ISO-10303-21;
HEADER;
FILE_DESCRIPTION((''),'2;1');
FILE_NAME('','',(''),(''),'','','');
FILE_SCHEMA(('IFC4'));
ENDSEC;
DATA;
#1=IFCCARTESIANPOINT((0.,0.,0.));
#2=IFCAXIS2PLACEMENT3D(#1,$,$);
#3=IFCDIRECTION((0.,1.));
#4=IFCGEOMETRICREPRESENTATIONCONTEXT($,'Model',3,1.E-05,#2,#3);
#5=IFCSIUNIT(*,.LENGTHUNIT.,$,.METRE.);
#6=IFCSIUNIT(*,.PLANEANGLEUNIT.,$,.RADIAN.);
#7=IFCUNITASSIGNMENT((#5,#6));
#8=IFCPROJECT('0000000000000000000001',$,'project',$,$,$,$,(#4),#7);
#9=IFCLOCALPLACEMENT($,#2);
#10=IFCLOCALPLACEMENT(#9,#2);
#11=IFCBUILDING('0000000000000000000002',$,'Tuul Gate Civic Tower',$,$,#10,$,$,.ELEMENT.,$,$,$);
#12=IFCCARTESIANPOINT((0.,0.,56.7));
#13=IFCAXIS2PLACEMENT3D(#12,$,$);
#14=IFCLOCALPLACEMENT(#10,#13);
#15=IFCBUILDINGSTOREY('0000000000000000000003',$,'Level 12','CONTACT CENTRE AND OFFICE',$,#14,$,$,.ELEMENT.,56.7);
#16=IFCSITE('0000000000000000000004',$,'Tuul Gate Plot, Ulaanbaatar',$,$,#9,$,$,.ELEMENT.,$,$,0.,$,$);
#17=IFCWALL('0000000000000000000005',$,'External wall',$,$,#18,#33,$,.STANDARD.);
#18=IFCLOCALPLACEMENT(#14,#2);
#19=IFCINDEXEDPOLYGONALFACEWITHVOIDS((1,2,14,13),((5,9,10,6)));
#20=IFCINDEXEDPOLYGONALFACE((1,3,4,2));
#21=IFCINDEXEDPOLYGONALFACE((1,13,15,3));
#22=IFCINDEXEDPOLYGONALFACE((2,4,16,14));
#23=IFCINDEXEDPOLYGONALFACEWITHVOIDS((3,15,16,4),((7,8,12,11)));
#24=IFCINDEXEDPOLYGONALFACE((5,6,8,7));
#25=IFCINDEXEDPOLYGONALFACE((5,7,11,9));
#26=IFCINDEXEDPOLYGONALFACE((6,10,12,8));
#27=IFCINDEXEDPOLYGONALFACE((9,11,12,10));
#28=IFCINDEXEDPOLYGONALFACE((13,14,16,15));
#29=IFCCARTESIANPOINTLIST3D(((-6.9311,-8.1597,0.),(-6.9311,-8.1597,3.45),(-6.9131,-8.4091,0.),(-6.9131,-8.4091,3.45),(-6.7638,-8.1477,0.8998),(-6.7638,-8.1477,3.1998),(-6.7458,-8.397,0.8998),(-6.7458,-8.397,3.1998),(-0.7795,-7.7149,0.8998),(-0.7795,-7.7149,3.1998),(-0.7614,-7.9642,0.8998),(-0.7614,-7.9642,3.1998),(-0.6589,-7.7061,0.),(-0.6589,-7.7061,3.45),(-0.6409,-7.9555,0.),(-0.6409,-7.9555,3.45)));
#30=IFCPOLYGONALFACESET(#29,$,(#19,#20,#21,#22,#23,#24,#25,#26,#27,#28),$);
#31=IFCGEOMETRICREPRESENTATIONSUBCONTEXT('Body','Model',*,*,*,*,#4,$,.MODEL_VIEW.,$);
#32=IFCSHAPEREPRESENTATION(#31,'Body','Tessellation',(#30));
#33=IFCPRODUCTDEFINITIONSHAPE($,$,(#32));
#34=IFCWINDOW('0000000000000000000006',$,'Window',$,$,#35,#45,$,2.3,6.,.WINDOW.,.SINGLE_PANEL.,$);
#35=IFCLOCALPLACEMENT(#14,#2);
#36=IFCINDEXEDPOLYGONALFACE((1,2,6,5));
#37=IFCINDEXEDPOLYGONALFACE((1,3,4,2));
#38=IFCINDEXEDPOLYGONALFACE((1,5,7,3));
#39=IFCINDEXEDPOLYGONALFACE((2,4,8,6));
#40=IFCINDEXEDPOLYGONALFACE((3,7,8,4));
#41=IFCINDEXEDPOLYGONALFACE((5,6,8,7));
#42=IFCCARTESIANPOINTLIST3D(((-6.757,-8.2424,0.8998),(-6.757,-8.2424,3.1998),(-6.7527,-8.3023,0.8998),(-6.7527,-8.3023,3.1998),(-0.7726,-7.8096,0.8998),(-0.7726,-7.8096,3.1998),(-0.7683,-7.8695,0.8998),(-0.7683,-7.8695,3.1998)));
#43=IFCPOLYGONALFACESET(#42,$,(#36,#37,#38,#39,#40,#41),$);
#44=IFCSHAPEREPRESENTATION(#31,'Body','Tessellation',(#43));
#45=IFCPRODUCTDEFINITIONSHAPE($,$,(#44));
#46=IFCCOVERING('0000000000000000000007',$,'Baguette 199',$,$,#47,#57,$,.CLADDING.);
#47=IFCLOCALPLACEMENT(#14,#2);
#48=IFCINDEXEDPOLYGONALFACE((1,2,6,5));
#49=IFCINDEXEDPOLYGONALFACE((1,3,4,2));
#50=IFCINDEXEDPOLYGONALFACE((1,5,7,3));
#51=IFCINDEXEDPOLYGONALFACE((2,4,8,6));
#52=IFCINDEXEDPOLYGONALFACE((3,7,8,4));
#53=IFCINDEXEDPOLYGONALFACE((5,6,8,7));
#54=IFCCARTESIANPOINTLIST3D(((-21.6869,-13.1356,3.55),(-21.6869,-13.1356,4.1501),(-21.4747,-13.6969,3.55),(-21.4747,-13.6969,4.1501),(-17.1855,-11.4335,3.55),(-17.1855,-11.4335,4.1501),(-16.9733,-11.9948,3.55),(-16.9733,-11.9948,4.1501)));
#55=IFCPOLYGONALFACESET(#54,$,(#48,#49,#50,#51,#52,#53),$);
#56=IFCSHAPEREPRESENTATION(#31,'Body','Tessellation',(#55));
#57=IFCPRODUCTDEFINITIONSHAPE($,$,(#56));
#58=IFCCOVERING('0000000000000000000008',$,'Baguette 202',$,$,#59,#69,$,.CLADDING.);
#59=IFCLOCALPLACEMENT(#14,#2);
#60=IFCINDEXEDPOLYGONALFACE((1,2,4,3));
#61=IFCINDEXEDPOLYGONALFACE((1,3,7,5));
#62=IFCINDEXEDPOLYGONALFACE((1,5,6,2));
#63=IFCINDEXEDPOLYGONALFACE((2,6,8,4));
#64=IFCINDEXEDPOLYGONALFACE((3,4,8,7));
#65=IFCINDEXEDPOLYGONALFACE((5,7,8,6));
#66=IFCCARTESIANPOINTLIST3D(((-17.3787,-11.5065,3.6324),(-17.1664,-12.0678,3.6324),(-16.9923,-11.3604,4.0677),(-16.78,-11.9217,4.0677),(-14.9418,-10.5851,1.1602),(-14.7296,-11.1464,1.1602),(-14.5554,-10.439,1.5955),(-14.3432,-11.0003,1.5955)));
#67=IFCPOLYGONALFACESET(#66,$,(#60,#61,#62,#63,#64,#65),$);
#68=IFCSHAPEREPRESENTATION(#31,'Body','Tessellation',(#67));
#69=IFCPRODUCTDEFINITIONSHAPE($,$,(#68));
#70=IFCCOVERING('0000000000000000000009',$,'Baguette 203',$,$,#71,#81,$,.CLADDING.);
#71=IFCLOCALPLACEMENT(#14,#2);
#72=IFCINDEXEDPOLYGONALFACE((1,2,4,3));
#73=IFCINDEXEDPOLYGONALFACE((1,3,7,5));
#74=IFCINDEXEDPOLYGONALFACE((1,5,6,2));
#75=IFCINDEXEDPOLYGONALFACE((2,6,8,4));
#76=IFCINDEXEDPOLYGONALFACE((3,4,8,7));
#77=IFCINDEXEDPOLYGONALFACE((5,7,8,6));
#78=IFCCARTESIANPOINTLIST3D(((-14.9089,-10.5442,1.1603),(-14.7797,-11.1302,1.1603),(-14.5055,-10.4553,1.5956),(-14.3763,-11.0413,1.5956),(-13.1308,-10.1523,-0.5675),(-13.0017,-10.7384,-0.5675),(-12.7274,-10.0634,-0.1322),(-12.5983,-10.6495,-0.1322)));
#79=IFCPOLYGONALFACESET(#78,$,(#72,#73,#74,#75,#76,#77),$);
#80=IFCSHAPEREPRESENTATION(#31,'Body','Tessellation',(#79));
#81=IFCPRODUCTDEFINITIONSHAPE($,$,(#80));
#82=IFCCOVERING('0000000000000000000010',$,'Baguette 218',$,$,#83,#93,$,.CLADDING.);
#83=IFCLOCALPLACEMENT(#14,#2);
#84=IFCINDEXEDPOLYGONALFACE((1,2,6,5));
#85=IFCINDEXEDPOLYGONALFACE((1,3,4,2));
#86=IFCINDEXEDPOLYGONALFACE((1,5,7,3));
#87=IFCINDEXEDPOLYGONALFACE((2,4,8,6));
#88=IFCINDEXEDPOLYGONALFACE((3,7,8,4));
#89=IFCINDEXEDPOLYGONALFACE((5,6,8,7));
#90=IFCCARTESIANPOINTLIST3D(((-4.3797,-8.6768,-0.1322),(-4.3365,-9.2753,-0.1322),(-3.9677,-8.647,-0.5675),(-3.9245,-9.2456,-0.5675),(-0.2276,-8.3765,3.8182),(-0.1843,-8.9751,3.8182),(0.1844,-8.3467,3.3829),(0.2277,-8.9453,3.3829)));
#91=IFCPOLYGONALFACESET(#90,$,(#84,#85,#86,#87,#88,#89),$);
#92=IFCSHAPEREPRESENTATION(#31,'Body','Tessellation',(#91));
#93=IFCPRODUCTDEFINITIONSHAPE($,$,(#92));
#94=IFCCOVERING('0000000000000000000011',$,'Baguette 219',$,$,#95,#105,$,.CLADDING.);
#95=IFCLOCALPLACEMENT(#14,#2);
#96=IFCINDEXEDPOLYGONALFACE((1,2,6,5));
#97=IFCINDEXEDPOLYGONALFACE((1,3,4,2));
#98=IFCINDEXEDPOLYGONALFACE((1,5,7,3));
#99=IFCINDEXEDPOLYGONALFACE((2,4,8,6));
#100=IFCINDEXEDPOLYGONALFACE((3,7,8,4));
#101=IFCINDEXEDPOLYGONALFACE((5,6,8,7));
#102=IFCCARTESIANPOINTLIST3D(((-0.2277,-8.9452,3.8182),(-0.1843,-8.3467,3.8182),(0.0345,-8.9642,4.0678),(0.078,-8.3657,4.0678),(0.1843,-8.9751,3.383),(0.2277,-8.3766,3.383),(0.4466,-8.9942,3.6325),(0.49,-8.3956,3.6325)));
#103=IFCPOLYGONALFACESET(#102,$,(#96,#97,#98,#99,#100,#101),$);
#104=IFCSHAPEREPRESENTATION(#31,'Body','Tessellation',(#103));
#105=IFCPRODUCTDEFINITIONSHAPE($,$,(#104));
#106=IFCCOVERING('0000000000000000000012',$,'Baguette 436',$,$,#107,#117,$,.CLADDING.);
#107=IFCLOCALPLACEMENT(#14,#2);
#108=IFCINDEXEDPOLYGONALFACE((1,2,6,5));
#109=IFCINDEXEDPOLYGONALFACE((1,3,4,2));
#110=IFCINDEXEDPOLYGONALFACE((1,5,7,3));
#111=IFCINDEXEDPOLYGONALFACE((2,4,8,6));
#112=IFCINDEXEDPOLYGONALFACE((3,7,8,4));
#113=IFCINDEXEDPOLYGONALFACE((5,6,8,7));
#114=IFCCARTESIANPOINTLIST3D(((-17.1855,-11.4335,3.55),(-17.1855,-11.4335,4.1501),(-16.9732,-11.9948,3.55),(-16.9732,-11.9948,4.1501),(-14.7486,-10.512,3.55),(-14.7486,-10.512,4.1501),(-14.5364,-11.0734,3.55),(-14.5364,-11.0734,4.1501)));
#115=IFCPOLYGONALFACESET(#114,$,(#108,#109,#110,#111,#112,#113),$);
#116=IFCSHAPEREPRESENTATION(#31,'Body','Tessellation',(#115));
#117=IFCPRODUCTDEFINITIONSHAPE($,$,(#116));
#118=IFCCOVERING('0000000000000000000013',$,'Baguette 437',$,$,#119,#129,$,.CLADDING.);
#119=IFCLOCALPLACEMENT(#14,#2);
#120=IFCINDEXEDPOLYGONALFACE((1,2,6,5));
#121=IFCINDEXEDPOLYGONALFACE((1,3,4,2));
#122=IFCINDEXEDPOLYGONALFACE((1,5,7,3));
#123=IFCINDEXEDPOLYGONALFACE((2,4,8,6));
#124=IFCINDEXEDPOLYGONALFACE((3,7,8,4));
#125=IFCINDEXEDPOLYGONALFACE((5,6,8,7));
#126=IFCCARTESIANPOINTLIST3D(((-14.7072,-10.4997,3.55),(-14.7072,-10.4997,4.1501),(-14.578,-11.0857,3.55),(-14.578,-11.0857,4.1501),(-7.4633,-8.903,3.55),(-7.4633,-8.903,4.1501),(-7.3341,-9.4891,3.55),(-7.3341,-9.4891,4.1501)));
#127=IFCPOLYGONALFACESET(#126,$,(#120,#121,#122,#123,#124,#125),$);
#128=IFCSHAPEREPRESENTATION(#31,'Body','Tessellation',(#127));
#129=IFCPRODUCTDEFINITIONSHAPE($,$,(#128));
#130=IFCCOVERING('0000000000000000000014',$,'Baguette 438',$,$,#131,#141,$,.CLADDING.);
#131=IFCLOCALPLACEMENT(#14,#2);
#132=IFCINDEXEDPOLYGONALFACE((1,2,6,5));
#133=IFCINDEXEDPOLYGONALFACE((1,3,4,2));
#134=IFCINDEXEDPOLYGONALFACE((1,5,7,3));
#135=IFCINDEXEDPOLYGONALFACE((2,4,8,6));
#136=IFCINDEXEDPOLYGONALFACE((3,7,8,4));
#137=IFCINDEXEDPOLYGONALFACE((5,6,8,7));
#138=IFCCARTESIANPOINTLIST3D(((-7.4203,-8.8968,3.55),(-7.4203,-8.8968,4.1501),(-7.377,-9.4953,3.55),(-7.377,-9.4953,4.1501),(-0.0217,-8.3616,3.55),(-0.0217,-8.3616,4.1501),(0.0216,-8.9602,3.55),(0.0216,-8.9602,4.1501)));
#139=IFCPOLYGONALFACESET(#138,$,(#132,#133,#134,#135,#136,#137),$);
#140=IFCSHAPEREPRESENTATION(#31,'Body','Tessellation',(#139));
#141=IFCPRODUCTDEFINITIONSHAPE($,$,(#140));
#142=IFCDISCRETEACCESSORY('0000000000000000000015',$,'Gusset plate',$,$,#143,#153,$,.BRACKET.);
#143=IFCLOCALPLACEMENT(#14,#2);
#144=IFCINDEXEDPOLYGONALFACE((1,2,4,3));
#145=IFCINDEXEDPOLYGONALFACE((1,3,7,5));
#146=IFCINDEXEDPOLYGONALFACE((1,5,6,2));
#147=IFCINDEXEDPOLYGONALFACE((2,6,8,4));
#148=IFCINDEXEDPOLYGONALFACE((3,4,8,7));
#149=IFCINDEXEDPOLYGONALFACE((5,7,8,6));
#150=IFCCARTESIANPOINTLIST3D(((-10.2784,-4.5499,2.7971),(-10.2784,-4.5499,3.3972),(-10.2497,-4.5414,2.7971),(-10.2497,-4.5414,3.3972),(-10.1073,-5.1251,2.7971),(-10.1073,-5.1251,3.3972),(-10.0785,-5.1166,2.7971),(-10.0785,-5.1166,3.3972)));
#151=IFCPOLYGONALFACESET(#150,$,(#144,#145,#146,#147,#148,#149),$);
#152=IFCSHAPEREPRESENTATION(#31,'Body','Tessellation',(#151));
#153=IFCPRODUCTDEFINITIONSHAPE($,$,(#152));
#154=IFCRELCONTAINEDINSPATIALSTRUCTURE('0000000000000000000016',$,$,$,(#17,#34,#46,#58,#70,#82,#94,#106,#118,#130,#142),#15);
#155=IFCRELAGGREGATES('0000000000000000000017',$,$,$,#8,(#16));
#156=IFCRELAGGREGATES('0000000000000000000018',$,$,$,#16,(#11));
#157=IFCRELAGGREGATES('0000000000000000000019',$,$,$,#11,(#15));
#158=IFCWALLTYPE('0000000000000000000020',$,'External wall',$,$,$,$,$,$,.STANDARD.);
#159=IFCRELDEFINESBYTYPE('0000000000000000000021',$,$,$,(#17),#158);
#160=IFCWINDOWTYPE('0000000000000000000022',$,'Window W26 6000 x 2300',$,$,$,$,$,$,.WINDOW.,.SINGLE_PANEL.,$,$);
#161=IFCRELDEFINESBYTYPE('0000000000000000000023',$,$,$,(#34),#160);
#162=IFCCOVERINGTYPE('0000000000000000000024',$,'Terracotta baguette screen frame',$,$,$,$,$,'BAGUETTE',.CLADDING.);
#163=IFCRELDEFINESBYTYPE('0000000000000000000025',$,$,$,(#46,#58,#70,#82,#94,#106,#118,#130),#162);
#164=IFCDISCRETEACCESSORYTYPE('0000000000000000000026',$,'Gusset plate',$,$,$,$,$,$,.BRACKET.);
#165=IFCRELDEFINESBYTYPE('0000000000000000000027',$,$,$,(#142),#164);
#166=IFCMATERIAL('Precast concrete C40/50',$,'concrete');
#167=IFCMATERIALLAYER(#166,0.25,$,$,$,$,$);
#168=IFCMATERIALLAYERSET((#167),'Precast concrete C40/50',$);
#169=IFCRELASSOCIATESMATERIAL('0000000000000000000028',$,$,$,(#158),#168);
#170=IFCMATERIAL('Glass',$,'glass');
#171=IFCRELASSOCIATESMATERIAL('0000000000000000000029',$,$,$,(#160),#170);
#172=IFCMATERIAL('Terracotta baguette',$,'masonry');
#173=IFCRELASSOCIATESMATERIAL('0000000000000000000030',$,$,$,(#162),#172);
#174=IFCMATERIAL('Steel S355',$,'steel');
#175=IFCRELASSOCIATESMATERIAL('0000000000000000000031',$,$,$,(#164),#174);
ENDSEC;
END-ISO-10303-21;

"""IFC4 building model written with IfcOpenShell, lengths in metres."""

from ifc_helpers import new_model, si_unit, direction, frame, frame_2d, origin, origin_2d, place, context, subcontext, project, spatial, rectangle, extrude, material, layer, layer_set, material_profile, profile_set, type_object, element, fill, save


model = new_model("IFC4")

# Units and contexts
model_context = context("Model", 3, precision=1e-05, world=origin(), true_north=direction((0.0, 1.0)))
body_context = subcontext(model_context, "Body", "Model", "MODEL_VIEW")
ifc_project = project(units=[si_unit("LENGTHUNIT", "METRE"), si_unit("PLANEANGLEUNIT", "RADIAN")], contexts=[model_context])

# Site, building, storey
site_placement = place(None, origin())
site = spatial("IfcSite", under=ifc_project, at=site_placement, Name="Tuul Gate Plot, Ulaanbaatar", CompositionType="ELEMENT", RefElevation=0.0)
building_placement = place(site_placement, origin())
building = spatial("IfcBuilding", under=site, at=building_placement, Name="Tuul Gate Civic Tower", CompositionType="ELEMENT")
storey_placement = place(building_placement, frame((0.0, 0.0, 56.7)))
storey = spatial("IfcBuildingStorey", under=building, at=storey_placement, Name="Level 12", Description="CONTACT CENTRE AND OFFICE", CompositionType="ELEMENT", Elevation=56.7)

# Wall, opening, window
ifc_material_1 = material(Name="Precast concrete C40/50", Category="concrete")
ifc_layer_1 = layer(ifc_material_1, 0.25)
ifc_layer_set_1 = layer_set([ifc_layer_1], Name="Precast concrete C40/50")
wall_type_1 = type_object("IfcWallType", Name="External wall", PredefinedType="STANDARD", material=ifc_layer_set_1)
ifc_material_2 = material(Name="Glass", Category="glass")
window_type_1 = type_object("IfcWindowType", Name="Window W26 6000 x 2300", PartitioningType="SINGLE_PANEL", PredefinedType="WINDOW", material=ifc_material_2)
wall_1_placement = place(storey_placement, frame((-6.9221, -8.2844, 0.0), z_axis=(0.0, 0.0, 1.0), x_axis=(0.997395, 0.072133, 0.0)))
wall_1 = element("IfcWall", 1, at=wall_1_placement, inside=storey, type_object=wall_type_1, Name="External wall", PredefinedType="STANDARD", context=body_context, shape_type="SweptSolid", body=[
    extrude(rectangle(XDim=6.2886, YDim=0.25, at=frame_2d((3.1443, 0.0))), origin(), (0.0, 0.0, 1.0), 3.45),
])
opening_1_placement = place(wall_1_placement, frame((0.1677, 0.0, 0.8999)))
opening_1 = element("IfcOpeningElement", 2, at=opening_1_placement, cuts=wall_1, PredefinedType="OPENING", context=body_context, shape_type="SweptSolid", body=[
    extrude(rectangle(XDim=6.0, YDim=2.3, at=frame_2d((3.0, 1.1499))), frame((0.0, 0.135, 0.0), z_axis=(0.0, -1.0, 0.0), x_axis=(1.0, 0.0, 0.0)), (0.0, 0.0, 1.0), 0.27),
])
window_1_placement = place(opening_1_placement, origin())
window_1 = element("IfcWindow", 3, at=window_1_placement, inside=storey, type_object=window_type_1, Name="Window", OverallHeight=2.3, OverallWidth=6.0, PartitioningType="SINGLE_PANEL", PredefinedType="WINDOW", context=body_context, shape_type="SweptSolid", body=[
    extrude(rectangle(XDim=6.0, YDim=2.3, at=frame_2d((3.0, 1.1499))), frame((0.0, 0.03, 0.0), z_axis=(0.0, -1.0, 0.0), x_axis=(1.0, 0.0, 0.0)), (0.0, 0.0, 1.0), 0.0601),
])
fill(opening_1, window_1)

# Coverings
ifc_material_3 = material(Name="Terracotta baguette", Category="masonry")
ifc_material_profile_1 = material_profile(ifc_material_3, rectangle(XDim=0.6001, YDim=0.6001, at=origin_2d()), Name="Terracotta baguette screen frame")
ifc_profile_set_1 = profile_set([ifc_material_profile_1], Name="Terracotta baguette")
covering_type = type_object("IfcCoveringType", Name="Terracotta baguette screen frame", ElementType="BAGUETTE", PredefinedType="CLADDING", material=ifc_profile_set_1)
covering_1_placement = place(storey_placement, frame((-21.5808, -13.4163, 3.8501), z_axis=(0.935362, 0.353691, 0.0), x_axis=(-0.353691, 0.935362, 0.0)))
element("IfcCovering", 4, at=covering_1_placement, inside=storey, type_object=covering_type, Name="Baguette 199", PredefinedType="CLADDING", context=body_context, shape_type="SweptSolid", body=[
    extrude(rectangle(XDim=0.6001, YDim=0.6001, at=origin_2d()), origin(), (0.0, 0.0, 1.0), 4.8125),
])
covering_2_placement = place(storey_placement, frame((-17.0793, -11.7141, 3.8501), z_axis=(0.678494, 0.256551, -0.688351), x_axis=(-0.353679, 0.935367, 0.0)))
element("IfcCovering", 5, at=covering_2_placement, inside=storey, type_object=covering_type, Name="Baguette 202", PredefinedType="CLADDING", context=body_context, shape_type="SweptSolid", body=[
    extrude(rectangle(XDim=0.6001, YDim=0.6001, at=origin_2d()), origin(), (0.0, 0.0, 1.0), 3.5916),
])
covering_3_placement = place(storey_placement, frame((-14.6426, -10.7927, 1.3779), z_axis=(0.708384, 0.156111, -0.688347), x_axis=(-0.215212, 0.976567, 0.0)))
element("IfcCovering", 6, at=covering_3_placement, inside=storey, type_object=covering_type, Name="Baguette 203", PredefinedType="CLADDING", context=body_context, shape_type="SweptSolid", body=[
    extrude(rectangle(XDim=0.6001, YDim=0.6001, at=origin_2d()), origin(), (0.0, 0.0, 1.0), 2.51),
])
covering_4_placement = place(storey_placement, frame((-4.1521, -8.9612, -0.3499), z_axis=(0.723489, 0.052325, 0.68835), x_axis=(-0.072135, 0.997395, 0.0)))
element("IfcCovering", 7, at=covering_4_placement, inside=storey, type_object=covering_type, Name="Baguette 218", PredefinedType="CLADDING", context=body_context, shape_type="SweptSolid", body=[
    extrude(rectangle(XDim=0.6001, YDim=0.6001, at=origin_2d()), origin(), (0.0, 0.0, 1.0), 5.739),
])
covering_5_placement = place(storey_placement, frame((0.0, -8.6609, 3.6006), z_axis=(0.723426, -0.052539, 0.6884), x_axis=(0.072435, 0.997373, 0.0)))
element("IfcCovering", 8, at=covering_5_placement, inside=storey, type_object=covering_type, Name="Baguette 219", PredefinedType="CLADDING", context=body_context, shape_type="SweptSolid", body=[
    extrude(rectangle(XDim=0.6001, YDim=0.6001, at=origin_2d()), origin(), (0.0, 0.0, 1.0), 0.3625),
])
covering_6_placement = place(storey_placement, frame((-17.0793, -11.7141, 3.8501), z_axis=(0.935367, 0.353679, 0.0), x_axis=(-0.353679, 0.935367, 0.0)))
element("IfcCovering", 9, at=covering_6_placement, inside=storey, type_object=covering_type, Name="Baguette 436", PredefinedType="CLADDING", context=body_context, shape_type="SweptSolid", body=[
    extrude(rectangle(XDim=0.6001, YDim=0.6001, at=origin_2d()), origin(), (0.0, 0.0, 1.0), 2.6052),
])
covering_7_placement = place(storey_placement, frame((-14.6426, -10.7927, 3.8501), z_axis=(0.976559, 0.21525, 0.0), x_axis=(-0.21525, 0.976559, 0.0)))
element("IfcCovering", 10, at=covering_7_placement, inside=storey, type_object=covering_type, Name="Baguette 437", PredefinedType="CLADDING", context=body_context, shape_type="SweptSolid", body=[
    extrude(rectangle(XDim=0.6001, YDim=0.6001, at=origin_2d()), origin(), (0.0, 0.0, 1.0), 7.4177),
])
covering_8_placement = place(storey_placement, frame((-7.3987, -9.196, 3.8501), z_axis=(0.997394, 0.072143, 0.0), x_axis=(-0.072143, 0.997394, 0.0)))
element("IfcCovering", 11, at=covering_8_placement, inside=storey, type_object=covering_type, Name="Baguette 438", PredefinedType="CLADDING", context=body_context, shape_type="SweptSolid", body=[
    extrude(rectangle(XDim=0.6001, YDim=0.6001, at=origin_2d()), origin(), (0.0, 0.0, 1.0), 7.418),
])

# Discrete accessory
ifc_material_4 = material(Name="Steel S355", Category="steel")
discrete_accessory_type = type_object("IfcDiscreteAccessoryType", Name="Gusset plate", PredefinedType="BRACKET", material=ifc_material_4)
discrete_accessory_placement = place(storey_placement, frame((-10.1785, -4.8333, 2.7971), z_axis=(0.0, 0.0, 1.0), x_axis=(-0.285225, 0.958461, 0.0)))
element("IfcDiscreteAccessory", 12, at=discrete_accessory_placement, inside=storey, type_object=discrete_accessory_type, Name="Gusset plate", PredefinedType="BRACKET", context=body_context, shape_type="SweptSolid", body=[
    extrude(rectangle(XDim=0.6001, YDim=0.03, at=origin_2d()), origin(), (0.0, 0.0, 1.0), 0.6001),
])

save(model, "model.ifc")
